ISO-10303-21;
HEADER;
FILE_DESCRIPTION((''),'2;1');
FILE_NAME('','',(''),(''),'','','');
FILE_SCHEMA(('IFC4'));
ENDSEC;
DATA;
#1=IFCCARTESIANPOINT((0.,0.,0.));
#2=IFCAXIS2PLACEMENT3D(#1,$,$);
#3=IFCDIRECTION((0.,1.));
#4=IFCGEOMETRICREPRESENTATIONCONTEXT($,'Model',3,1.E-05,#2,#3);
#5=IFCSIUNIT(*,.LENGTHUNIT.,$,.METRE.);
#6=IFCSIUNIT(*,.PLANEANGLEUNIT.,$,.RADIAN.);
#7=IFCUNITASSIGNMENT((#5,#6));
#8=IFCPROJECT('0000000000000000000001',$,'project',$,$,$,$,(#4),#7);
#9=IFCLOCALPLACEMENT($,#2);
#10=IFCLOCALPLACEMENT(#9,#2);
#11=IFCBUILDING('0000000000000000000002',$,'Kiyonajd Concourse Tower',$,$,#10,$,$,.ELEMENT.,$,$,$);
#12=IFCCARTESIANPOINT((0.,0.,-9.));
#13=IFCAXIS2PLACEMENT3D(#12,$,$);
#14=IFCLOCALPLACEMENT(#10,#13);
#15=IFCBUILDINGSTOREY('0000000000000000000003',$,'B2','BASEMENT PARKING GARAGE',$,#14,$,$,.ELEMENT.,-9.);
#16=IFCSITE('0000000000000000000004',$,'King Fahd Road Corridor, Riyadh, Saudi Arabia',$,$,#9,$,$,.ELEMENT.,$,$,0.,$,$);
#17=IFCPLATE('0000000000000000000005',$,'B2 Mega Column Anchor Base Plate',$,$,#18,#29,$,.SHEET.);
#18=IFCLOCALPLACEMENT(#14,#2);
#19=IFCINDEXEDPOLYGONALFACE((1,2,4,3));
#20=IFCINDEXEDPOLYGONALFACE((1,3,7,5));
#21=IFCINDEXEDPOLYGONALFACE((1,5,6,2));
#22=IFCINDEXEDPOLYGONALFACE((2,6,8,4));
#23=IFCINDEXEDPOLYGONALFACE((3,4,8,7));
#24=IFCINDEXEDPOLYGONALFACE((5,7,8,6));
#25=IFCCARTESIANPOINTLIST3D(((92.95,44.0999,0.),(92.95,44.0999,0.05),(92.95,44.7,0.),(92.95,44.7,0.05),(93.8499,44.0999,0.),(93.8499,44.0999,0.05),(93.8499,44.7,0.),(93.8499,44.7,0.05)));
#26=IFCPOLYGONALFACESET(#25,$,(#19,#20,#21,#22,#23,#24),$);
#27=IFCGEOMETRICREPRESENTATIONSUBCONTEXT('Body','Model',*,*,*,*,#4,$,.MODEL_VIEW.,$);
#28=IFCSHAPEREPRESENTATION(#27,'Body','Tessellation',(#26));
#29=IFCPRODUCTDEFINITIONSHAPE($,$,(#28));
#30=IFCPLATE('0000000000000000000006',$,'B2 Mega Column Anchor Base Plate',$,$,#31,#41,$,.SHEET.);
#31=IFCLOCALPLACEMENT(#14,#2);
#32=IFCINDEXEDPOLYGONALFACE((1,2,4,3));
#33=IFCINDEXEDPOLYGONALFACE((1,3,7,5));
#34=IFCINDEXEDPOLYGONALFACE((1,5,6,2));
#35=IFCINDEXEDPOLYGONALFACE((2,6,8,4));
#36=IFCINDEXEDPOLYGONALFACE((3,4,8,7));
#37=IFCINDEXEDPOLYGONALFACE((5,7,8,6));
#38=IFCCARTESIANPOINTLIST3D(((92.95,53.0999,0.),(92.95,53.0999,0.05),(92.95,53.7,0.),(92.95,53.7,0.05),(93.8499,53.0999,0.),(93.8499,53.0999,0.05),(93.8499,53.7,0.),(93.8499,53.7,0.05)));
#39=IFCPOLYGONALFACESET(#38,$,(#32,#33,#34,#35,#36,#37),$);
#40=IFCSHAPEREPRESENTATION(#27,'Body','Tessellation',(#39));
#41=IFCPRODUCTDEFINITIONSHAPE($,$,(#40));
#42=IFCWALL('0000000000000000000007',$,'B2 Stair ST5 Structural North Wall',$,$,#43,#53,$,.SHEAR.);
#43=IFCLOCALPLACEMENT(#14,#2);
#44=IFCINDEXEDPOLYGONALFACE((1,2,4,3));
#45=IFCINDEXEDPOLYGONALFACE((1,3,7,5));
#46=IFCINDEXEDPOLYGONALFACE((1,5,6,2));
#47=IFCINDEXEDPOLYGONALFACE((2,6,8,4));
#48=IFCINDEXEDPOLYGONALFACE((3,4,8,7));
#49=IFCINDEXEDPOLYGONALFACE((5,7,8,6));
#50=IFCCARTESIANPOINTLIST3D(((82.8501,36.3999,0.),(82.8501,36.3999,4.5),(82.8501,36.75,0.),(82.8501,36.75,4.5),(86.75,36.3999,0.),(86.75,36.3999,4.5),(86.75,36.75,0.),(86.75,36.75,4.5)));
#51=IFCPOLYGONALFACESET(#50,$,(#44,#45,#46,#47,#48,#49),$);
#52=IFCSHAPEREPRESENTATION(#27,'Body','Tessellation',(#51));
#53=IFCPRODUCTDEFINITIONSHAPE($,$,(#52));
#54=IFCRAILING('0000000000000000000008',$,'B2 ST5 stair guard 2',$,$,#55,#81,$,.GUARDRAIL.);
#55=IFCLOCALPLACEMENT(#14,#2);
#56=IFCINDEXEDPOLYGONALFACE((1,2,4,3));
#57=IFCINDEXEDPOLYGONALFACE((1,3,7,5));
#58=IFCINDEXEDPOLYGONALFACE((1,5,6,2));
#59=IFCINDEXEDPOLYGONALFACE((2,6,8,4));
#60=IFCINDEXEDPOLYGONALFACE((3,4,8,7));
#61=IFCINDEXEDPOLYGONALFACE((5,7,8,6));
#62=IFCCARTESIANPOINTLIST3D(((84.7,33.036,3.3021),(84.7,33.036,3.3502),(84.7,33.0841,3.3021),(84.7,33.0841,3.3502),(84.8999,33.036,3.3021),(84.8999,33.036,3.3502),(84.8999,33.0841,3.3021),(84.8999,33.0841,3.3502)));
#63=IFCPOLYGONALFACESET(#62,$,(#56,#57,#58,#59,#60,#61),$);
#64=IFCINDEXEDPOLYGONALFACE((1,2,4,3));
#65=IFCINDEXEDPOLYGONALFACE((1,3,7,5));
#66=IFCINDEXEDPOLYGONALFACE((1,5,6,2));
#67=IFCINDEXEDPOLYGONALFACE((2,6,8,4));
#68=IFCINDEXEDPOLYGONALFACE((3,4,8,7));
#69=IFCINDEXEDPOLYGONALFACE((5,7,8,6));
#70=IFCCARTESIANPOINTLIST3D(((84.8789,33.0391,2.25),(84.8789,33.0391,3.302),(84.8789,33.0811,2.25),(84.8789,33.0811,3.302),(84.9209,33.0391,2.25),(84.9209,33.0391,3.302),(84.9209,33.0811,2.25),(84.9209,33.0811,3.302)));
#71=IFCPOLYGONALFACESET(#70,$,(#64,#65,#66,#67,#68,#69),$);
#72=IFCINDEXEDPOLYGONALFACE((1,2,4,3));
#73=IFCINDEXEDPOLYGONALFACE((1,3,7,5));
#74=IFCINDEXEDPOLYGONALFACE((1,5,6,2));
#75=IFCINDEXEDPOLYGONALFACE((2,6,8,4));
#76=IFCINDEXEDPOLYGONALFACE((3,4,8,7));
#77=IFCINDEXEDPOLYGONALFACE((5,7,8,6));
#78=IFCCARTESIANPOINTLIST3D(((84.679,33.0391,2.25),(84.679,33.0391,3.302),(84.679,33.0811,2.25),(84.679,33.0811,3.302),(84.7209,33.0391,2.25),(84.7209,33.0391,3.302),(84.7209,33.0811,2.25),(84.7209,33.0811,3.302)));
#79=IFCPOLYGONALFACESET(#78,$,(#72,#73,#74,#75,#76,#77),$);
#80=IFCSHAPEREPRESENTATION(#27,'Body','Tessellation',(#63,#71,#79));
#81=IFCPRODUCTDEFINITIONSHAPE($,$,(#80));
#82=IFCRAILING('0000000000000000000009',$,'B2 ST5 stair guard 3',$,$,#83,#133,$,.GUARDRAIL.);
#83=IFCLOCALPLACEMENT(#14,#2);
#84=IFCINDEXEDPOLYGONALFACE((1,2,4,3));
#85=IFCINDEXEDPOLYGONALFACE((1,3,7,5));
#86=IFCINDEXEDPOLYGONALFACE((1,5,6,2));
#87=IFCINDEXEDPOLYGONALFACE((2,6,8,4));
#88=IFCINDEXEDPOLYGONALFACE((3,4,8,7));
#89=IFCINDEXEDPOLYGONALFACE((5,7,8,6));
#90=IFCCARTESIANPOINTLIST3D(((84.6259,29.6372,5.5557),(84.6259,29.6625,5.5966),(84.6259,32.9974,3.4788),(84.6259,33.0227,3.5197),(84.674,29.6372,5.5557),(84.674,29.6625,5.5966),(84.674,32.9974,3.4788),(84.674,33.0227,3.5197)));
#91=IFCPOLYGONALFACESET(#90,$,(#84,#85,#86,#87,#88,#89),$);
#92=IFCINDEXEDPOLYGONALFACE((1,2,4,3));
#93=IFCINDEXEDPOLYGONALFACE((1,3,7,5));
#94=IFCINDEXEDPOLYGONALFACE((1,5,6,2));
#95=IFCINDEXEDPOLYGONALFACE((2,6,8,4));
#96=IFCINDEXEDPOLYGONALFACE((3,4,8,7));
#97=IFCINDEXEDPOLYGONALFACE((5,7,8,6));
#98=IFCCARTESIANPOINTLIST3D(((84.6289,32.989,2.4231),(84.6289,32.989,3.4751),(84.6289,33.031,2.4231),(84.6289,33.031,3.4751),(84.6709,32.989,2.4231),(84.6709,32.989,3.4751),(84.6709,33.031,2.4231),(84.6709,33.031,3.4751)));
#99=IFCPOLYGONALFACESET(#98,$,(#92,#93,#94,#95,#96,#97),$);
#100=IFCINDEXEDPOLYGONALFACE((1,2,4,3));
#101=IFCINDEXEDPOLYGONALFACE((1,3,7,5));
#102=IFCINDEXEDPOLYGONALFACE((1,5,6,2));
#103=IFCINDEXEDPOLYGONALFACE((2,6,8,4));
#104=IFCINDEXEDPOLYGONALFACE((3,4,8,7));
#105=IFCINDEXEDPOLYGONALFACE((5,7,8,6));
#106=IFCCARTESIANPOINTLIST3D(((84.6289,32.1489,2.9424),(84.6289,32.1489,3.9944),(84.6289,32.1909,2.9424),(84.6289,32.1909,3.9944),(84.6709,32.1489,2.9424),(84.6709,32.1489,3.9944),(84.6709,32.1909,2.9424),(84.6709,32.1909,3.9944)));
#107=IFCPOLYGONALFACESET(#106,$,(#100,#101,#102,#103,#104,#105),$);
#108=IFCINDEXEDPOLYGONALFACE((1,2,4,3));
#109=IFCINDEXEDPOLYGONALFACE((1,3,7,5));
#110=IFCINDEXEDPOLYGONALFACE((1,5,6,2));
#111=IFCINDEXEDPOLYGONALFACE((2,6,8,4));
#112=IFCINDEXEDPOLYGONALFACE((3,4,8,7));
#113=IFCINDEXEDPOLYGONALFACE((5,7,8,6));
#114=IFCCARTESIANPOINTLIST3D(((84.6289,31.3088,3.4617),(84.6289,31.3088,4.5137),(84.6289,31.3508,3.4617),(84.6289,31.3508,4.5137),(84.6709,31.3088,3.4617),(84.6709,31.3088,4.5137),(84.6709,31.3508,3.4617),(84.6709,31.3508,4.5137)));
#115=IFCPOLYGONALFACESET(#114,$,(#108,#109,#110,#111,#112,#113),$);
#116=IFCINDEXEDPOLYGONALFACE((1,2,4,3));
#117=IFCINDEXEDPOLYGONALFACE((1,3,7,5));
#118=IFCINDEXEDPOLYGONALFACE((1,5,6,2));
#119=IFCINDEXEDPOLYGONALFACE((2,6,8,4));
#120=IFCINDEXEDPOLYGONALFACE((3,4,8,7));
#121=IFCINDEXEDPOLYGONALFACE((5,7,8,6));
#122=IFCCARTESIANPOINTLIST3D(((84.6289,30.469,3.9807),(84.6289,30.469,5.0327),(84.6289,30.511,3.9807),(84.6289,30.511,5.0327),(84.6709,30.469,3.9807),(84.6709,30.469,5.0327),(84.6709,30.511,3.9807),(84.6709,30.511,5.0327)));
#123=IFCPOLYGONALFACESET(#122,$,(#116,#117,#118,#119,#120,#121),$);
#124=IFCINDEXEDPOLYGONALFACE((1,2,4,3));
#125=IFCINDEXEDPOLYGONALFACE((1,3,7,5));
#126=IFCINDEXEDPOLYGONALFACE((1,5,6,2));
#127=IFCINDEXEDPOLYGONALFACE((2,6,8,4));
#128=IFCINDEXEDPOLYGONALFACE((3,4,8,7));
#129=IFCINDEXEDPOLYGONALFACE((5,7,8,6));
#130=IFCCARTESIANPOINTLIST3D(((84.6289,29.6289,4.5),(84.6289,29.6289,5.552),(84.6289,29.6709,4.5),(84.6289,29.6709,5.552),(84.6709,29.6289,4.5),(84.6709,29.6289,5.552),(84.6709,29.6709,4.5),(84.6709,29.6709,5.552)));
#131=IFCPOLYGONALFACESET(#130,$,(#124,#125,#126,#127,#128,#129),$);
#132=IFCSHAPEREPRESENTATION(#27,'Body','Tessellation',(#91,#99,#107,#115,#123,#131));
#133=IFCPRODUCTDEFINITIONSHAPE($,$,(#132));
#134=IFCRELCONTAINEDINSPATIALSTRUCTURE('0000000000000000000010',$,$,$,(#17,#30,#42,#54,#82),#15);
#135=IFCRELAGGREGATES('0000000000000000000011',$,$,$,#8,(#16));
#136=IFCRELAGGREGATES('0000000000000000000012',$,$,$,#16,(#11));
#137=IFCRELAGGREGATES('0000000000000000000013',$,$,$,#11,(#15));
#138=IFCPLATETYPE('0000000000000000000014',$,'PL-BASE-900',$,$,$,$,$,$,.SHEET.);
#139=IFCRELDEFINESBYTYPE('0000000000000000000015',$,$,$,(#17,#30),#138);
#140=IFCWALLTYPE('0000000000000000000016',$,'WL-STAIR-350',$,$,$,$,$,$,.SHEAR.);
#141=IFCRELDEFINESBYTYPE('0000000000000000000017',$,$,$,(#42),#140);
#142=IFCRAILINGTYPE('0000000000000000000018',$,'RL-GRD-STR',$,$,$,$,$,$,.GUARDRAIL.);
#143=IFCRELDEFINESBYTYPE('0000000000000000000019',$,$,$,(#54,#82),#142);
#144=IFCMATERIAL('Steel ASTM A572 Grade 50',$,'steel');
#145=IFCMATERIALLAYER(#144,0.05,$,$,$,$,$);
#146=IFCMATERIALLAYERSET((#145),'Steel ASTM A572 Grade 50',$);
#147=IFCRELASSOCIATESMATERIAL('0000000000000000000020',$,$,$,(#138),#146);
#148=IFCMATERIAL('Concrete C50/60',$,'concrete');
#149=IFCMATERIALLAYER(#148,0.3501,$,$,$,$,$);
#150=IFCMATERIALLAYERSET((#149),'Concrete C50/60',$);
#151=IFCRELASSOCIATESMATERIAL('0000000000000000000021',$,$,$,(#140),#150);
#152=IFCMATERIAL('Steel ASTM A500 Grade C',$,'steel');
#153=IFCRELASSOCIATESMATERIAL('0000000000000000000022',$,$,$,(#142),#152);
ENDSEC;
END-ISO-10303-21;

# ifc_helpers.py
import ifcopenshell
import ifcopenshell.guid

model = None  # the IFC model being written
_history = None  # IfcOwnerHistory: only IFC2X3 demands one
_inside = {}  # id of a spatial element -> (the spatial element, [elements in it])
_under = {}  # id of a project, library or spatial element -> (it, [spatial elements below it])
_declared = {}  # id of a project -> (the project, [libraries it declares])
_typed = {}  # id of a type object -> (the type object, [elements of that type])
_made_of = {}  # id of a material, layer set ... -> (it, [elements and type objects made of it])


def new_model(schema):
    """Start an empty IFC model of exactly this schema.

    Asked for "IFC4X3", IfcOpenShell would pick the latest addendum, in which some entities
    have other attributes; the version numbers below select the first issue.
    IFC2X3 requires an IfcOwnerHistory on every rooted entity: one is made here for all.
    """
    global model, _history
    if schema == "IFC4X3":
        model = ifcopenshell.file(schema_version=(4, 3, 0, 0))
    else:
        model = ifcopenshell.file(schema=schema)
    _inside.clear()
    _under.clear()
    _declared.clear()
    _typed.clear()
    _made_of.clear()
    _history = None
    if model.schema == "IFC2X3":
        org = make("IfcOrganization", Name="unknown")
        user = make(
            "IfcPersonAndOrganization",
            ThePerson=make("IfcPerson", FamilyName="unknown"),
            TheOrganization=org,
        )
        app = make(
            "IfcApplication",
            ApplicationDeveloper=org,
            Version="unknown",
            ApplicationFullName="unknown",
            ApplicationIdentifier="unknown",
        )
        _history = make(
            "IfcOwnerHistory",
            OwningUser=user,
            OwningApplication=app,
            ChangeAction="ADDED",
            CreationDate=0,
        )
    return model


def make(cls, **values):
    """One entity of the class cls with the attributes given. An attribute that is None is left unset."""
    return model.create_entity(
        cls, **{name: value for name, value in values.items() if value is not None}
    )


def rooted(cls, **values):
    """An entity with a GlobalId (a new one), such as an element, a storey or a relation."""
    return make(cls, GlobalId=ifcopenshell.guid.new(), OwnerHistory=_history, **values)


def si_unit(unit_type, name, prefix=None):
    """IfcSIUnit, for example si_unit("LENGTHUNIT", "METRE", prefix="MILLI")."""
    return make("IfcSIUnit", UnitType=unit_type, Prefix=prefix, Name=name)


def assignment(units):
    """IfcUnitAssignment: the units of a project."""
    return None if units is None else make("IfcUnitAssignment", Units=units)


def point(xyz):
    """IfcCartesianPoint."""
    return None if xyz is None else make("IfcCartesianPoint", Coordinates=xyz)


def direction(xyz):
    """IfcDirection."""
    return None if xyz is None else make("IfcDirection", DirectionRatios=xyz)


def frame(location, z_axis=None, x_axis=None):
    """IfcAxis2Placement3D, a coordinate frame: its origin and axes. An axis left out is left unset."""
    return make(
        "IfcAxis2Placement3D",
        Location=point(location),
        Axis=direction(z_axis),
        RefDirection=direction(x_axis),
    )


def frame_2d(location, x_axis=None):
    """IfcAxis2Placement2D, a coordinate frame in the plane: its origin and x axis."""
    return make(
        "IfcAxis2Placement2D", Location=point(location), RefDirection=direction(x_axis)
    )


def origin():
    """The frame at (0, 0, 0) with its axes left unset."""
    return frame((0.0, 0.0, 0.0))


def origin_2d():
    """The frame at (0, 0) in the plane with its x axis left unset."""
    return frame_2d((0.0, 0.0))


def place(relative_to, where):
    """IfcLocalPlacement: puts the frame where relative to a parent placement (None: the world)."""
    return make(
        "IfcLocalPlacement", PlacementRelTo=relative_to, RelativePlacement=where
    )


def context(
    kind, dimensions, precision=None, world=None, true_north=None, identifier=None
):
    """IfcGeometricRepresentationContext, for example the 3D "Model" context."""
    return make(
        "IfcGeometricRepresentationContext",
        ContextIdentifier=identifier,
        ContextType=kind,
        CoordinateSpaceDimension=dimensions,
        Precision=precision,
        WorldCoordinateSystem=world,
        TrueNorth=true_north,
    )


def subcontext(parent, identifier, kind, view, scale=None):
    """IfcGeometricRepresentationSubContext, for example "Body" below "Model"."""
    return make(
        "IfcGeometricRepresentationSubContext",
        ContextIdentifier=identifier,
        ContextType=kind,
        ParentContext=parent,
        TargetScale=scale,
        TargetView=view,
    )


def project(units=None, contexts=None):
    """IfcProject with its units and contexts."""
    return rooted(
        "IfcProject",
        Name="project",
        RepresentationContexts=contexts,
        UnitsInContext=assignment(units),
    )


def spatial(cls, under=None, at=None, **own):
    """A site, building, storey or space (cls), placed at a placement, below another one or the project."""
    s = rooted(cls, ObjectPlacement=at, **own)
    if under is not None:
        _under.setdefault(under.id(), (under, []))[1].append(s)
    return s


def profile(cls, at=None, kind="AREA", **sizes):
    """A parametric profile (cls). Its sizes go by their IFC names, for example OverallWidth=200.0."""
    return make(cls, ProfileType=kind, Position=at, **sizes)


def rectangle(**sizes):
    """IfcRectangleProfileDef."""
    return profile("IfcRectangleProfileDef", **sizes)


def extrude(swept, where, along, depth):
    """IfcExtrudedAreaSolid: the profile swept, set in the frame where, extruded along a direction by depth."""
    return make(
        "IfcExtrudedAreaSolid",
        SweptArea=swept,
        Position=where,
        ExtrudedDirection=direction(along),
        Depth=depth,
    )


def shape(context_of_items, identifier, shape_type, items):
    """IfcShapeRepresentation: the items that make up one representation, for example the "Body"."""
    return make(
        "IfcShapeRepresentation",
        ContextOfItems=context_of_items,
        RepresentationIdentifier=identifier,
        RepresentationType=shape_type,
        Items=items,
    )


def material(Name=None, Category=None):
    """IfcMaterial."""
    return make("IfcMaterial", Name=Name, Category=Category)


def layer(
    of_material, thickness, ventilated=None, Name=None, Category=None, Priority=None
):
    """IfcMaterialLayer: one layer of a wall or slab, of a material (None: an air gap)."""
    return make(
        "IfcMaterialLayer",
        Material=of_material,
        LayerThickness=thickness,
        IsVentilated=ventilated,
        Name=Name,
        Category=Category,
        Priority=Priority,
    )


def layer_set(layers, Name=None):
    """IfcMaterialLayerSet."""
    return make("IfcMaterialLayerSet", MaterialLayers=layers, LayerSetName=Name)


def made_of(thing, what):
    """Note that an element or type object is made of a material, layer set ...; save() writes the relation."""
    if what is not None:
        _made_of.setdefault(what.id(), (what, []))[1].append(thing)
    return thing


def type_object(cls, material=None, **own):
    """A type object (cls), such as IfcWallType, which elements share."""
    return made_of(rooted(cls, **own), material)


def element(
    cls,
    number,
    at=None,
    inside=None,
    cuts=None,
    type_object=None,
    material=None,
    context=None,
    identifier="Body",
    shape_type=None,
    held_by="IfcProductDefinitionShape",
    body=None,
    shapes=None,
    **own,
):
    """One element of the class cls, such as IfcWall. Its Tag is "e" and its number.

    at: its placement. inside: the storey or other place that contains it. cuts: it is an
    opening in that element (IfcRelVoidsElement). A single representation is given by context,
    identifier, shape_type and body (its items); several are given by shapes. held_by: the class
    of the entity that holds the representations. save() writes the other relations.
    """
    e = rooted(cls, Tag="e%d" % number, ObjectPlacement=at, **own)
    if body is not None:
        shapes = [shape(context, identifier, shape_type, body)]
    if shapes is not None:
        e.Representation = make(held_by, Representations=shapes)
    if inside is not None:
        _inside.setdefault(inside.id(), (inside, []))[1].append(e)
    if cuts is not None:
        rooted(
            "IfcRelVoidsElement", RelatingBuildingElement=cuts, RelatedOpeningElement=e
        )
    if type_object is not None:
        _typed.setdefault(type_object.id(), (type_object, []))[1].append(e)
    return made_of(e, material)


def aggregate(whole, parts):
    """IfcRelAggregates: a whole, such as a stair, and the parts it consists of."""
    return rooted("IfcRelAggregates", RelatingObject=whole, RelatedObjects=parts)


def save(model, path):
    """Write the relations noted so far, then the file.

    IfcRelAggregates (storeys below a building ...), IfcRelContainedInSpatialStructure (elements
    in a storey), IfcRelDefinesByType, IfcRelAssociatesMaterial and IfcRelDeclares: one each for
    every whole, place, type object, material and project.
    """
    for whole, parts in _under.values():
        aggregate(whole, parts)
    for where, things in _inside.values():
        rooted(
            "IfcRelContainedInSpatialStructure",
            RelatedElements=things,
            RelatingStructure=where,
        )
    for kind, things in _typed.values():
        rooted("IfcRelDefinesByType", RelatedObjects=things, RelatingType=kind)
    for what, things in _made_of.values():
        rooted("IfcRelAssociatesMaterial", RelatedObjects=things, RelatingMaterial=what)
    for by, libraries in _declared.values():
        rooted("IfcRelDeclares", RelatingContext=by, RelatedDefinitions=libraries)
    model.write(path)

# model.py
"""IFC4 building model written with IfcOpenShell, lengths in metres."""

from ifc_helpers import new_model, si_unit, direction, frame, frame_2d, origin, origin_2d, place, context, subcontext, project, spatial, rectangle, extrude, material, layer, layer_set, type_object, element, save


model = new_model("IFC4")

# Units and contexts
model_context = context("Model", 3, precision=1e-05, world=origin(), true_north=direction((0.0, 1.0)))
body_context = subcontext(model_context, "Body", "Model", "MODEL_VIEW")
ifc_project = project(units=[si_unit("LENGTHUNIT", "METRE"), si_unit("PLANEANGLEUNIT", "RADIAN")], contexts=[model_context])

# Site, building, storey
site_placement = place(None, origin())
site = spatial("IfcSite", under=ifc_project, at=site_placement, Name="King Fahd Road Corridor, Riyadh, Saudi Arabia", CompositionType="ELEMENT", RefElevation=0.0)
building_placement = place(site_placement, origin())
building = spatial("IfcBuilding", under=site, at=building_placement, Name="Kiyonajd Concourse Tower", CompositionType="ELEMENT")
storey_placement = place(building_placement, frame((0.0, 0.0, -9.0)))
storey = spatial("IfcBuildingStorey", under=building, at=storey_placement, Name="B2", Description="BASEMENT PARKING GARAGE", CompositionType="ELEMENT", Elevation=-9.0)

# Shared definitions
ifc_material_1 = material(Name="Concrete C50/60", Category="concrete")

# Plates
ifc_material_2 = material(Name="Steel ASTM A572 Grade 50", Category="steel")
ifc_layer_1 = layer(ifc_material_2, 0.05)
ifc_layer_set_1 = layer_set([ifc_layer_1], Name="Steel ASTM A572 Grade 50")
plate_type = type_object("IfcPlateType", Name="PL-BASE-900", PredefinedType="SHEET", material=ifc_layer_set_1)
for number, where, z_axis, x_axis, name in (
    (1, (93.3999, 44.3999, 0.0), (0.0, 0.0, 1.0), (1.0, 0.0, 0.0), "B2 Mega Column Anchor Base Plate"),
    (2, (93.3999, 53.3999, 0.0), (0.0, 0.0, 1.0), (1.0, 0.0, 0.0), "B2 Mega Column Anchor Base Plate"),
):
    element("IfcPlate", number, at=place(storey_placement, frame(where, z_axis=z_axis, x_axis=x_axis)), inside=storey, type_object=plate_type, Name=name, PredefinedType="SHEET", context=body_context, shape_type="SweptSolid", body=[
        extrude(rectangle(XDim=0.8999, YDim=0.6001, at=origin_2d()), origin(), (0.0, 0.0, 1.0), 0.05),
    ])

# Wall
ifc_layer_2 = layer(ifc_material_1, 0.3501)
ifc_layer_set_2 = layer_set([ifc_layer_2], Name="Concrete C50/60")
wall_type = type_object("IfcWallType", Name="WL-STAIR-350", PredefinedType="SHEAR", material=ifc_layer_set_2)
wall_placement = place(storey_placement, frame((82.8501, 36.575, 0.0), z_axis=(0.0, 0.0, 1.0), x_axis=(1.0, 0.0, 0.0)))
element("IfcWall", 3, at=wall_placement, inside=storey, type_object=wall_type, Name="B2 Stair ST5 Structural North Wall", PredefinedType="SHEAR", context=body_context, shape_type="SweptSolid", body=[
    extrude(rectangle(XDim=3.8999, YDim=0.3501, at=frame_2d((1.95, 0.0))), origin(), (0.0, 0.0, 1.0), 4.5),
])

# Railings
ifc_material_3 = material(Name="Steel ASTM A500 Grade C", Category="steel")
railing_type = type_object("IfcRailingType", Name="RL-GRD-STR", PredefinedType="GUARDRAIL", material=ifc_material_3)
railing_1_placement = place(storey_placement, frame((84.8999, 33.0601, 2.25)))
element("IfcRailing", 4, at=railing_1_placement, inside=storey, type_object=railing_type, Name="B2 ST5 stair guard 2", PredefinedType="GUARDRAIL", context=body_context, shape_type="SweptSolid", body=[
    extrude(rectangle(XDim=0.0481, YDim=0.0481, at=origin_2d()), frame((0.0, 0.0, 1.0762), z_axis=(-1.0, 0.0, 0.0), x_axis=(0.0, -1.0, 0.0)), (0.0, 0.0, 1.0), 0.2),
    extrude(rectangle(XDim=0.042, YDim=0.042, at=origin_2d()), origin(), (0.0, 0.0, 1.0), 1.052),
    extrude(rectangle(XDim=0.042, YDim=0.042, at=origin_2d()), frame((-0.2, 0.0, 0.0)), (0.0, 0.0, 1.0), 1.052),
])
railing_2_placement = place(storey_placement, frame((84.6499, 33.01, 2.4231)))
element("IfcRailing", 5, at=railing_2_placement, inside=storey, type_object=railing_type, Name="B2 ST5 stair guard 3", PredefinedType="GUARDRAIL", context=body_context, shape_type="SweptSolid", body=[
    extrude(rectangle(XDim=0.0481, YDim=0.0481, at=origin_2d()), frame((0.0, 0.0, 1.0762), z_axis=(0.0, -0.850623, 0.525776), x_axis=(1.0, 0.0, 0.0)), (0.0, 0.0, 1.0), 3.9502),
    extrude(rectangle(XDim=0.042, YDim=0.042, at=origin_2d()), origin(), (0.0, 0.0, 1.0), 1.052),
    extrude(rectangle(XDim=0.042, YDim=0.042, at=origin_2d()), frame((0.0, -0.8401, 0.5193)), (0.0, 0.0, 1.0), 1.052),
    extrude(rectangle(XDim=0.042, YDim=0.042, at=origin_2d()), frame((0.0, -1.6802, 1.0386)), (0.0, 0.0, 1.0), 1.052),
    extrude(rectangle(XDim=0.042, YDim=0.042, at=origin_2d()), frame((0.0, -2.52, 1.5576)), (0.0, 0.0, 1.0), 1.052),
    extrude(rectangle(XDim=0.042, YDim=0.042, at=origin_2d()), frame((0.0, -3.3601, 2.0769)), (0.0, 0.0, 1.0), 1.052),
])

save(model, "model.ifc")
